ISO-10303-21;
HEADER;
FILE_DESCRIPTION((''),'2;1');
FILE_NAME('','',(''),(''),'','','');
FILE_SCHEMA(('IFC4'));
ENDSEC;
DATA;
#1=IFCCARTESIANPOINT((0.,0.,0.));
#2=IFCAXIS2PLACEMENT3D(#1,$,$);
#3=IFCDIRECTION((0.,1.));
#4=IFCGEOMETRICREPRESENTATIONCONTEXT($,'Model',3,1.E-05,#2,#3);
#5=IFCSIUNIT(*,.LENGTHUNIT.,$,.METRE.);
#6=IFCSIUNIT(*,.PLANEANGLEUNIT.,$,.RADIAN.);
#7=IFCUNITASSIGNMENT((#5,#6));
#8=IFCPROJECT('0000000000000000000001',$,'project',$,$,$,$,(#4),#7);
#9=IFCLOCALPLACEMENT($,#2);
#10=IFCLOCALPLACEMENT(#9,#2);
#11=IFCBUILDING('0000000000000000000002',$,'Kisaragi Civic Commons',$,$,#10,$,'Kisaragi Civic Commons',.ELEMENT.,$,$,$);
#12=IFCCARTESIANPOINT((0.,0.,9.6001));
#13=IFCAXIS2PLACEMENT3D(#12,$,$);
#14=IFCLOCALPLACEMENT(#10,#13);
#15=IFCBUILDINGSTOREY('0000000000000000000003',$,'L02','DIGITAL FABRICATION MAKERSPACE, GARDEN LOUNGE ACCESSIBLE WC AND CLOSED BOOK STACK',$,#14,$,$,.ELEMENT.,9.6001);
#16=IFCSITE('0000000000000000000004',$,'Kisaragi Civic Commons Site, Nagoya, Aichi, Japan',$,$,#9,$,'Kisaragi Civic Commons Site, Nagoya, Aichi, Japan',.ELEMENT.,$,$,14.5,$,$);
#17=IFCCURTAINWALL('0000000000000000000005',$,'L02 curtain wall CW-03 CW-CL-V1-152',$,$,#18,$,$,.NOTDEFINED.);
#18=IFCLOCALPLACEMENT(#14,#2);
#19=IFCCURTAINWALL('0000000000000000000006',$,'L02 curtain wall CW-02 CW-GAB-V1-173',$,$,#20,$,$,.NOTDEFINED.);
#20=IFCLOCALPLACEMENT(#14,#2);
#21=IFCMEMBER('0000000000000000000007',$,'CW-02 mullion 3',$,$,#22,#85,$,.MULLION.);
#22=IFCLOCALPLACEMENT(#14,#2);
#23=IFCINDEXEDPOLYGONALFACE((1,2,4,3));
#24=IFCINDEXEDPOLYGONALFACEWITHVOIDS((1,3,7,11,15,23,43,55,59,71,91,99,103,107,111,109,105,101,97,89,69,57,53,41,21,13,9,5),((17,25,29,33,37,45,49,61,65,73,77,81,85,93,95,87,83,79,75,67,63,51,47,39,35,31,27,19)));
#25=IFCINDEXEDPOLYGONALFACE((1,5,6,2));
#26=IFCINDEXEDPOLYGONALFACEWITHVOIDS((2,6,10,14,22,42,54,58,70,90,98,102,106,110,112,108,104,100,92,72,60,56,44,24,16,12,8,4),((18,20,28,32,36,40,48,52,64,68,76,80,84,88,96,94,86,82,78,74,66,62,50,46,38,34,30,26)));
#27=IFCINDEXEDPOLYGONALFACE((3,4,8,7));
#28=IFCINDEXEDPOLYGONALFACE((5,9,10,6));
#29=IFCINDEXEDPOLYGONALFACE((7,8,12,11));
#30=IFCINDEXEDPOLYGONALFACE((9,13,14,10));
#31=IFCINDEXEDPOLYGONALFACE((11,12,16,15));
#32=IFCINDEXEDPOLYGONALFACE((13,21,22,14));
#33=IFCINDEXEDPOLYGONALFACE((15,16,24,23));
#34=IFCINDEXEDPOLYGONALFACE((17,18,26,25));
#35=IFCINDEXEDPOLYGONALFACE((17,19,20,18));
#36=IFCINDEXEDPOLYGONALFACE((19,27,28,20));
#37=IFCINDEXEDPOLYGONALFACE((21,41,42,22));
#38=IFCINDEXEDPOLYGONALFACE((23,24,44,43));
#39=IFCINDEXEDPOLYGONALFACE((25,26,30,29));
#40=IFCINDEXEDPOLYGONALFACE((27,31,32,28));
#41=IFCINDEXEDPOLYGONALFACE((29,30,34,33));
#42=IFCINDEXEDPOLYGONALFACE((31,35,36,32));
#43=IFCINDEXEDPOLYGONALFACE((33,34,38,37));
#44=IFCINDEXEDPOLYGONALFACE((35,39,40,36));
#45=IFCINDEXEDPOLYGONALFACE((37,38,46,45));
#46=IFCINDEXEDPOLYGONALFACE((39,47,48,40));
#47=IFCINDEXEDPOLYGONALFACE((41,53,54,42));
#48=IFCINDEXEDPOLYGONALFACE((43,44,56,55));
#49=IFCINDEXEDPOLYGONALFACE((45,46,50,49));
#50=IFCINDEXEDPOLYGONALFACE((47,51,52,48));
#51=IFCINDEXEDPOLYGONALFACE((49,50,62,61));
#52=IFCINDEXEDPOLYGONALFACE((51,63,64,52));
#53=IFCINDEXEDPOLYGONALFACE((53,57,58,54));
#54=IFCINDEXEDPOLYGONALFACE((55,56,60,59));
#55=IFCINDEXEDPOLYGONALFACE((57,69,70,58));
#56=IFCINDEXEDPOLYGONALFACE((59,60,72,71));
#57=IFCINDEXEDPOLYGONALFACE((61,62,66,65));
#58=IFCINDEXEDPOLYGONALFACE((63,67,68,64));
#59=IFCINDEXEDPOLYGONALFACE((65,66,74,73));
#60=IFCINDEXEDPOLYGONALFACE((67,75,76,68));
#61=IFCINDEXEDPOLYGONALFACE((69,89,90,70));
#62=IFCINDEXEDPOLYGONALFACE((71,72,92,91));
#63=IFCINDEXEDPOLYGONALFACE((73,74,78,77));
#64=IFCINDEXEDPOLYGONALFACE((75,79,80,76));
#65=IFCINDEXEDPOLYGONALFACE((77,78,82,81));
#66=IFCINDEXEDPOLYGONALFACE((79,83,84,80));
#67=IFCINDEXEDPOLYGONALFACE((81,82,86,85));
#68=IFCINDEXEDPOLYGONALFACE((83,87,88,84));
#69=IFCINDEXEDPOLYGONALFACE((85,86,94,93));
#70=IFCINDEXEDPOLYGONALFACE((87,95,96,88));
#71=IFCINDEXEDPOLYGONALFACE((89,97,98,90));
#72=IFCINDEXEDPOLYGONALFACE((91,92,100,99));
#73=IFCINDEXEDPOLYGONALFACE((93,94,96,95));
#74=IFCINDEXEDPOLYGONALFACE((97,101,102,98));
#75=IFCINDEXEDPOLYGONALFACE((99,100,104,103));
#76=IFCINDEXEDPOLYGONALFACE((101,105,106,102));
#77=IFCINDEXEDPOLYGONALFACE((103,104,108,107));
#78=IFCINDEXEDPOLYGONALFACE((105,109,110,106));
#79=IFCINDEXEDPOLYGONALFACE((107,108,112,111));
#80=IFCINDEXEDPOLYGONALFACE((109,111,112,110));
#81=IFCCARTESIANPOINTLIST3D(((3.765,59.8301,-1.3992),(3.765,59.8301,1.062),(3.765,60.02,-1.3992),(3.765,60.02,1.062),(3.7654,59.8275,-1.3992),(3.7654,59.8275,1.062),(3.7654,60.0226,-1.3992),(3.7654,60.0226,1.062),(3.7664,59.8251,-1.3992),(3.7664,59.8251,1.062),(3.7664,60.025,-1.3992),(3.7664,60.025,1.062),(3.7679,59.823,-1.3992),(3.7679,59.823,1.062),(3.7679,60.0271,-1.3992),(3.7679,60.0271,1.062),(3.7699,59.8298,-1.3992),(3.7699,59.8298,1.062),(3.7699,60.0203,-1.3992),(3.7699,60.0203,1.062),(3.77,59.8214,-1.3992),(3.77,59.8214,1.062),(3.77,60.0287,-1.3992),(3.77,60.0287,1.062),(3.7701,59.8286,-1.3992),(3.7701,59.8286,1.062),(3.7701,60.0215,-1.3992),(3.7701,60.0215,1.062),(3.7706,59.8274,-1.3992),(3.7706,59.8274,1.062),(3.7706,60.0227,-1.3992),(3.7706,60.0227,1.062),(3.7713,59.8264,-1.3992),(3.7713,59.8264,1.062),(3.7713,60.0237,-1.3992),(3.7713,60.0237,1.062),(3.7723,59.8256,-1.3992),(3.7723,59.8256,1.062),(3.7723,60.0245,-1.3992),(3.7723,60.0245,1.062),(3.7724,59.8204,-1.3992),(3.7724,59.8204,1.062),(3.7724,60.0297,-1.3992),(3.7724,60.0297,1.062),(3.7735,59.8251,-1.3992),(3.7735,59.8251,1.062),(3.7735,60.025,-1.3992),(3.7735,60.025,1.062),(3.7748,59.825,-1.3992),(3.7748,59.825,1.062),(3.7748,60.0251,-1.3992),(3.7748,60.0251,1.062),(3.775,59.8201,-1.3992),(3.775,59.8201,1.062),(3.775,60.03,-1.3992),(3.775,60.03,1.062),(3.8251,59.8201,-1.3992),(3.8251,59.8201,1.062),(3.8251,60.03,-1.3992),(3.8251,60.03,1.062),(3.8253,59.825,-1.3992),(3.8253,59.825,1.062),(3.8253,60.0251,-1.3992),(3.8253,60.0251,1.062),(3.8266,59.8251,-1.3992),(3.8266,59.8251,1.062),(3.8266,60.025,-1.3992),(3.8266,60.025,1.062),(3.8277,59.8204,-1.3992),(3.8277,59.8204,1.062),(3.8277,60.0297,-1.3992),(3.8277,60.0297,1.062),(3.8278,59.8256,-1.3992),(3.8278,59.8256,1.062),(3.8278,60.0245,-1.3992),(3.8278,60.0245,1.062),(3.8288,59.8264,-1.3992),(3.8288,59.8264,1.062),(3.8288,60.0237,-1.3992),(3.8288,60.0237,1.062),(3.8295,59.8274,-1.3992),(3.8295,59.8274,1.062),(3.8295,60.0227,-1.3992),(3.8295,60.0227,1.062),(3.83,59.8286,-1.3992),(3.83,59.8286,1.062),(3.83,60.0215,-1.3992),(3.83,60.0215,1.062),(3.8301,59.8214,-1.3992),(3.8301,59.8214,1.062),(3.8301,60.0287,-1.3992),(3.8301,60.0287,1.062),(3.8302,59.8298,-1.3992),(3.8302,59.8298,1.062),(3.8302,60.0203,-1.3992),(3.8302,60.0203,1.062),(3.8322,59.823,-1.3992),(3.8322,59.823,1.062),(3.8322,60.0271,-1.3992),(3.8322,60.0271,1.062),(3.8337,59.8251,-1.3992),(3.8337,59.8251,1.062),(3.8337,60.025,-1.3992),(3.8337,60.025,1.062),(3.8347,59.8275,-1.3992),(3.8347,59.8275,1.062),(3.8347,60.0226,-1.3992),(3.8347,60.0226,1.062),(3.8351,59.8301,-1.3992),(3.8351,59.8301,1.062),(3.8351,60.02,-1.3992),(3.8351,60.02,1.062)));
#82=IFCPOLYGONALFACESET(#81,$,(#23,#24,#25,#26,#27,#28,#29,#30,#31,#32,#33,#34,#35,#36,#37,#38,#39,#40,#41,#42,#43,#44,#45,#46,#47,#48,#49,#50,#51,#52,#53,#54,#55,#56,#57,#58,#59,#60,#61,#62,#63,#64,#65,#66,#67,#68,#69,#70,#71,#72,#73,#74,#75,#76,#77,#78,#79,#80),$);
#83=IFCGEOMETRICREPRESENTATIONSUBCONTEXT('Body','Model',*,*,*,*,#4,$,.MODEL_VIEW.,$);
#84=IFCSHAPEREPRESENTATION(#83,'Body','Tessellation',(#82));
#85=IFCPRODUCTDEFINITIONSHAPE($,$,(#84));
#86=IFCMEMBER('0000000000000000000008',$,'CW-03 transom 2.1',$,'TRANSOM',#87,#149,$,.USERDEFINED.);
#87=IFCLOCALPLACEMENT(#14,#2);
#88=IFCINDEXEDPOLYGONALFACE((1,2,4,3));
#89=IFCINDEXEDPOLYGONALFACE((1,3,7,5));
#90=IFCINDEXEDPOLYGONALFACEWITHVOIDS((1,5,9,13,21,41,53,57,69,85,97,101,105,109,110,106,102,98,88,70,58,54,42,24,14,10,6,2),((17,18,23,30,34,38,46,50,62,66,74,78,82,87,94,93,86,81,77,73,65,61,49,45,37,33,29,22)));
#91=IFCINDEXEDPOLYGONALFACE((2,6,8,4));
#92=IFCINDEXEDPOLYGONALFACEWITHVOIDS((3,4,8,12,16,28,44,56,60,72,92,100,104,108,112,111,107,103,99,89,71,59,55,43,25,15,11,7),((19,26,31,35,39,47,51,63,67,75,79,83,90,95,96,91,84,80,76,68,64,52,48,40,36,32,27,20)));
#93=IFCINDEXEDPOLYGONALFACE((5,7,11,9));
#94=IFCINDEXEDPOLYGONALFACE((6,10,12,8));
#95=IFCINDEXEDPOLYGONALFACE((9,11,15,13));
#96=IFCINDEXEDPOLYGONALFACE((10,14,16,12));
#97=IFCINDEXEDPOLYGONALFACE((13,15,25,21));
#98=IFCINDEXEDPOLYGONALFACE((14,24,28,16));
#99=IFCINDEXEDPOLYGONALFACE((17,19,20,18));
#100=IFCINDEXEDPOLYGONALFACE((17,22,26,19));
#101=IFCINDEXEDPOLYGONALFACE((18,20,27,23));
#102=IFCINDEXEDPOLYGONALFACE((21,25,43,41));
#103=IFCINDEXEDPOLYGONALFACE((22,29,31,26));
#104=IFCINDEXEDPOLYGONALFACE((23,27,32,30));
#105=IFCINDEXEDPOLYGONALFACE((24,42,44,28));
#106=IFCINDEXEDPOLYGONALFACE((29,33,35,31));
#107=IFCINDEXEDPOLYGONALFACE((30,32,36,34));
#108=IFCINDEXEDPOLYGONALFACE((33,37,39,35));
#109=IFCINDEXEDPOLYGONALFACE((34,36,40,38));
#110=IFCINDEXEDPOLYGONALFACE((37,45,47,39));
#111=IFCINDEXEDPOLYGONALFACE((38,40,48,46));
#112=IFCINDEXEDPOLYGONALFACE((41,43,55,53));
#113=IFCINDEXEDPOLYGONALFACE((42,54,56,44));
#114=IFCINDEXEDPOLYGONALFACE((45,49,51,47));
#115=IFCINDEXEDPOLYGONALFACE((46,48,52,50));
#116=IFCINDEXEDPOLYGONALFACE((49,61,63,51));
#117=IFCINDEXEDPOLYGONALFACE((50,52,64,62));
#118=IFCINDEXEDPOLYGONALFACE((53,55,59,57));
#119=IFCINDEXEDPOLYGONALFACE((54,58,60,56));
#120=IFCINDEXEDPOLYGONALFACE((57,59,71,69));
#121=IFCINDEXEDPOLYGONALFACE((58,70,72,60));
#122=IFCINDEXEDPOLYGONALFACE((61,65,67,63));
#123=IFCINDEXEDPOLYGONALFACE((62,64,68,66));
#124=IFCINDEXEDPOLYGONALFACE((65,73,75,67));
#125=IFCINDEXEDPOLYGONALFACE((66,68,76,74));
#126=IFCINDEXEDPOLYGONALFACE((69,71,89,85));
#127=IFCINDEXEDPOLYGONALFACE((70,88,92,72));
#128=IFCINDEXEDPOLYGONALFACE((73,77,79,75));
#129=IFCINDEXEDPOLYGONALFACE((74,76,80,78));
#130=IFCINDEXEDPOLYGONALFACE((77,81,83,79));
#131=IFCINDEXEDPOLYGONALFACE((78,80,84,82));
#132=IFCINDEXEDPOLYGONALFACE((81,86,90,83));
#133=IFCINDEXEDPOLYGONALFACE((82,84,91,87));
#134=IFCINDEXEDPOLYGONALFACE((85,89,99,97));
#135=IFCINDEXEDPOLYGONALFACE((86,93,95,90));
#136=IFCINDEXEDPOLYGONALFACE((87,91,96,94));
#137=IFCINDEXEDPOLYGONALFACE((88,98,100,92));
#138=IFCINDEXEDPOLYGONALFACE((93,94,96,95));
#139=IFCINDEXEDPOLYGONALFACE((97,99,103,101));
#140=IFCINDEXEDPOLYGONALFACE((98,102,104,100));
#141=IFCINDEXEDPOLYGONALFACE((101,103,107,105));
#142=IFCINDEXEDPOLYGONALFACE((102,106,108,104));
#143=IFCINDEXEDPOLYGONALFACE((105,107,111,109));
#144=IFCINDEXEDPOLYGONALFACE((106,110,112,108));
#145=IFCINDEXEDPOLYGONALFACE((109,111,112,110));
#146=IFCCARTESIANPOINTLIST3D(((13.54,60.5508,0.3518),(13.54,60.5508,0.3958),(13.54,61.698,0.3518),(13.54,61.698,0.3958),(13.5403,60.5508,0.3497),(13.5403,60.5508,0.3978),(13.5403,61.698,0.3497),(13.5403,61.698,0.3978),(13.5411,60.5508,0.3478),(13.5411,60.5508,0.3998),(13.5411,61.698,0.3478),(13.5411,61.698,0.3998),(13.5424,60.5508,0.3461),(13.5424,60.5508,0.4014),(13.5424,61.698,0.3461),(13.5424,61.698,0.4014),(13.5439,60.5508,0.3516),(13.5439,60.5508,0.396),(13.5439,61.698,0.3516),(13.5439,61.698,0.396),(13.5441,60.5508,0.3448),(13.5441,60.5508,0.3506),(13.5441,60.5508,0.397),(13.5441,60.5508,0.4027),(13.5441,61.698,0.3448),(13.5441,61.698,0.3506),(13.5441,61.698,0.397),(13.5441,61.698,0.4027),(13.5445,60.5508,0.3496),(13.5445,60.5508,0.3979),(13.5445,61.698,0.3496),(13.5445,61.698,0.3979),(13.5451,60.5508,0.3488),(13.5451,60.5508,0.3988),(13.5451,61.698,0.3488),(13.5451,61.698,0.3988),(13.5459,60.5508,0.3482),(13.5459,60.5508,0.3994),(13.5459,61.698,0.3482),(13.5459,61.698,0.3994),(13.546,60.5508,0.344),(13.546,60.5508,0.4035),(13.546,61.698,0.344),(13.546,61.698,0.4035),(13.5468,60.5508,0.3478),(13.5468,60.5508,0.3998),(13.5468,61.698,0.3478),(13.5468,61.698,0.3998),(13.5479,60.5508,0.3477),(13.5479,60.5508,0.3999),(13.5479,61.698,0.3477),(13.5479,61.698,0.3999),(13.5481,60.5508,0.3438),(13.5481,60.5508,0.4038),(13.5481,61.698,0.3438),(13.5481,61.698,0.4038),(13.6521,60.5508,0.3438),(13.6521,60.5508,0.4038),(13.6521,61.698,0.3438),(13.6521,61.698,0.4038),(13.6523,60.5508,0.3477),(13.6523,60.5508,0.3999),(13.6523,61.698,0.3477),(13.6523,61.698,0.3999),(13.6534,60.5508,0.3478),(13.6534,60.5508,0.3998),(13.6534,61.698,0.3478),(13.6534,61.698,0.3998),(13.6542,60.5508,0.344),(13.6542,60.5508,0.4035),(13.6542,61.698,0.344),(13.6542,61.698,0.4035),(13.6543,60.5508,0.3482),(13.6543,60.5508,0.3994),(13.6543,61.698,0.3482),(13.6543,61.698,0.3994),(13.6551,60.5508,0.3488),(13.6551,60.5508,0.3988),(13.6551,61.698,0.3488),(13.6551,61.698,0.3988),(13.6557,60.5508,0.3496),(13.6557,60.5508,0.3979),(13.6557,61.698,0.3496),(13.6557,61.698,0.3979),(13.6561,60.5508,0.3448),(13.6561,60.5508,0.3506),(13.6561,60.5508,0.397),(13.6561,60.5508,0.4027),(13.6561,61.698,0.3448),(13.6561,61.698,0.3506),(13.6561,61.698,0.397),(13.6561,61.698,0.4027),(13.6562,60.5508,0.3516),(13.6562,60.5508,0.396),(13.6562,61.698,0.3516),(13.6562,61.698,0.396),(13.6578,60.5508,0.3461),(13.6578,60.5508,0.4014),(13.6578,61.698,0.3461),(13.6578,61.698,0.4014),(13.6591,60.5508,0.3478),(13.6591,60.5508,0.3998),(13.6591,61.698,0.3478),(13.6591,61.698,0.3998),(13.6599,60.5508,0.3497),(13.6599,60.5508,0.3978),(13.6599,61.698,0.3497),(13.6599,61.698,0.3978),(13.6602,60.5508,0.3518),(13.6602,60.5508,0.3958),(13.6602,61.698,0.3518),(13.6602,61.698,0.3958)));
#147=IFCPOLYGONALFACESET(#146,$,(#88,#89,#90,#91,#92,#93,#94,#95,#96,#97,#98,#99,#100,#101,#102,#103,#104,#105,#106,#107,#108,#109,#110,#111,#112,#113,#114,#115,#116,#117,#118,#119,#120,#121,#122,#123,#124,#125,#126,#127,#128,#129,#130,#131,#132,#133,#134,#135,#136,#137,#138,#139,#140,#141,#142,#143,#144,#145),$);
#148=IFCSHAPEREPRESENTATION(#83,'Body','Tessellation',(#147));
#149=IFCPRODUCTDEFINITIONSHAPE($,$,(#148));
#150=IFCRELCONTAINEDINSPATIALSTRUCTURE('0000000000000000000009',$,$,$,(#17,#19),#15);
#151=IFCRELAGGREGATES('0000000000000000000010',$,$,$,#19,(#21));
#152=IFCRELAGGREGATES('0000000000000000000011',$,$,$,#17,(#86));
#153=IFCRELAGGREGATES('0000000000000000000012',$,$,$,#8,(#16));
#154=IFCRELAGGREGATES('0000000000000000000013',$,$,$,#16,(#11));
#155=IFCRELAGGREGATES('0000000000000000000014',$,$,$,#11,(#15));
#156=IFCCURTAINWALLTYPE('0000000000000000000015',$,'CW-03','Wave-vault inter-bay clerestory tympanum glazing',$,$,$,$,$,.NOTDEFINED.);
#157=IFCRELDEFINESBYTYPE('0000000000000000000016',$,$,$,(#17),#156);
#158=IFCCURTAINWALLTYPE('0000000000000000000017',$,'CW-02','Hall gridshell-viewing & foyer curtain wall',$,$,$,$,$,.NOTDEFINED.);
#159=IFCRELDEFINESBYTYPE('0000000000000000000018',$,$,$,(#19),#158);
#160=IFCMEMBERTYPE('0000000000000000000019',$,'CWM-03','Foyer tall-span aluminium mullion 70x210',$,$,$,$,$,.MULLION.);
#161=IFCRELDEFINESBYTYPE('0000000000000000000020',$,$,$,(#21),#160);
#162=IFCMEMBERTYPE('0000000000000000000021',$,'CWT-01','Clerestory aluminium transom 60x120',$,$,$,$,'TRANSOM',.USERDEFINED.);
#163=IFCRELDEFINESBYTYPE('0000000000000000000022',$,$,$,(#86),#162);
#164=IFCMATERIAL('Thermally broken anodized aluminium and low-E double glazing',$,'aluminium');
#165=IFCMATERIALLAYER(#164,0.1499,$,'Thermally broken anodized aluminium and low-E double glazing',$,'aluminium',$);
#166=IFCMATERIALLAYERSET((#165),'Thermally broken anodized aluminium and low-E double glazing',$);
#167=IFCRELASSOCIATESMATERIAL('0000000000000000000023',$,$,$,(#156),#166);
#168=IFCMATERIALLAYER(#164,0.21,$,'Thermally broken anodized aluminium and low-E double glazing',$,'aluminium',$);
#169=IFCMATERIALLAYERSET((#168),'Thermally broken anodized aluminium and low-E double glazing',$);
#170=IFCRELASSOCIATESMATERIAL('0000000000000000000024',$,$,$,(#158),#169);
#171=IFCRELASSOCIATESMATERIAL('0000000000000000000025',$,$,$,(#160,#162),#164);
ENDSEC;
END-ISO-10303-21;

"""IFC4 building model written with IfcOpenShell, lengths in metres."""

from ifc_helpers import new_model, si_unit, direction, frame, origin, origin_2d, place, context, subcontext, project, spatial, hollow_rectangle, extrude, material, layer, layer_set, material_profile, profile_set, type_object, element, aggregate, save


model = new_model("IFC4")

# Units and contexts
model_context = context("Model", 3, precision=1e-05, world=origin(), true_north=direction((0.0, 1.0)))
body_context = subcontext(model_context, "Body", "Model", "MODEL_VIEW")
ifc_project = project(units=[si_unit("LENGTHUNIT", "METRE"), si_unit("PLANEANGLEUNIT", "RADIAN")], contexts=[model_context])

# Site, building, storey
site_placement = place(None, origin())
site = spatial("IfcSite", under=ifc_project, at=site_placement, Name="Kisaragi Civic Commons Site, Nagoya, Aichi, Japan", LongName="Kisaragi Civic Commons Site, Nagoya, Aichi, Japan", CompositionType="ELEMENT", RefElevation=14.5)
building_placement = place(site_placement, origin())
building = spatial("IfcBuilding", under=site, at=building_placement, Name="Kisaragi Civic Commons", LongName="Kisaragi Civic Commons", CompositionType="ELEMENT")
storey_placement = place(building_placement, frame((0.0, 0.0, 9.6001)))
storey = spatial("IfcBuildingStorey", under=building, at=storey_placement, Name="L02", Description="DIGITAL FABRICATION MAKERSPACE, GARDEN LOUNGE ACCESSIBLE WC AND CLOSED BOOK STACK", CompositionType="ELEMENT", Elevation=9.6001)

# Curtain wall
ifc_material_1 = material(Name="Thermally broken anodized aluminium and low-E double glazing", Category="aluminium")
ifc_layer_1 = layer(ifc_material_1, 0.1499, Name="Thermally broken anodized aluminium and low-E double glazing", Category="aluminium")
ifc_layer_set_1 = layer_set([ifc_layer_1], Name="Thermally broken anodized aluminium and low-E double glazing")
curtain_wall_type_1 = type_object("IfcCurtainWallType", Name="CW-03", Description="Wave-vault inter-bay clerestory tympanum glazing", PredefinedType="NOTDEFINED", material=ifc_layer_set_1)
curtain_wall_1_placement = place(storey_placement, origin())
curtain_wall_1 = element("IfcCurtainWall", 1, at=curtain_wall_1_placement, inside=storey, type_object=curtain_wall_type_1, Name="L02 curtain wall CW-03 CW-CL-V1-152", PredefinedType="NOTDEFINED")

# Curtain wall, member
ifc_layer_2 = layer(ifc_material_1, 0.21, Name="Thermally broken anodized aluminium and low-E double glazing", Category="aluminium")
ifc_layer_set_2 = layer_set([ifc_layer_2], Name="Thermally broken anodized aluminium and low-E double glazing")
curtain_wall_type_2 = type_object("IfcCurtainWallType", Name="CW-02", Description="Hall gridshell-viewing & foyer curtain wall", PredefinedType="NOTDEFINED", material=ifc_layer_set_2)
curtain_wall_2_placement = place(storey_placement, origin())
curtain_wall_2 = element("IfcCurtainWall", 2, at=curtain_wall_2_placement, inside=storey, type_object=curtain_wall_type_2, Name="L02 curtain wall CW-02 CW-GAB-V1-173", PredefinedType="NOTDEFINED")
ifc_material_profile_1 = material_profile(ifc_material_1, hollow_rectangle(XDim=0.0701, YDim=0.21, WallThickness=0.0049, InnerFilletRadius=0.0049, OuterFilletRadius=0.01, at=origin_2d()), Name="CWM-70x210x5", Category="aluminium")
ifc_profile_set_1 = profile_set([ifc_material_profile_1], Name="Thermally broken anodized aluminium and low-E double glazing")
member_type_1 = type_object("IfcMemberType", Name="CWM-03", Description="Foyer tall-span aluminium mullion 70x210", PredefinedType="MULLION", material=ifc_profile_set_1)
member_1_placement = place(storey_placement, frame((3.8, 59.925, -1.3992), z_axis=(0.0, 0.0, 1.0), x_axis=(-1.0, 0.0, 0.0)))
member_1 = element("IfcMember", 3, at=member_1_placement, type_object=member_type_1, Name="CW-02 mullion 3", PredefinedType="MULLION", context=body_context, shape_type="SweptSolid", body=[
    extrude(hollow_rectangle(XDim=0.0701, YDim=0.21, WallThickness=0.0049, InnerFilletRadius=0.0049, OuterFilletRadius=0.01, at=origin_2d()), origin(), (0.0, 0.0, 1.0), 2.4612),
])
aggregate(curtain_wall_2, [member_1])

# Member
ifc_material_profile_2 = material_profile(ifc_material_1, hollow_rectangle(XDim=0.1201, YDim=0.0601, WallThickness=0.0039, InnerFilletRadius=0.0039, OuterFilletRadius=0.0081, at=origin_2d()), Name="CWT-60x120x4", Category="aluminium")
ifc_profile_set_2 = profile_set([ifc_material_profile_2], Name="Thermally broken anodized aluminium and low-E double glazing")
member_type_2 = type_object("IfcMemberType", Name="CWT-01", Description="Clerestory aluminium transom 60x120", ElementType="TRANSOM", PredefinedType="USERDEFINED", material=ifc_profile_set_2)
member_2_placement = place(storey_placement, frame((13.6001, 60.5508, 0.3738), z_axis=(0.0, 1.0, 0.0), x_axis=(-1.0, 0.0, 0.0)))
member_2 = element("IfcMember", 4, at=member_2_placement, type_object=member_type_2, Name="CW-03 transom 2.1", ObjectType="TRANSOM", PredefinedType="USERDEFINED", context=body_context, shape_type="SweptSolid", body=[
    extrude(hollow_rectangle(XDim=0.1201, YDim=0.0601, WallThickness=0.0039, InnerFilletRadius=0.0039, OuterFilletRadius=0.0081, at=origin_2d()), origin(), (0.0, 0.0, 1.0), 1.1472),
])

aggregate(curtain_wall_1, [member_2])

save(model, "model.ifc")
